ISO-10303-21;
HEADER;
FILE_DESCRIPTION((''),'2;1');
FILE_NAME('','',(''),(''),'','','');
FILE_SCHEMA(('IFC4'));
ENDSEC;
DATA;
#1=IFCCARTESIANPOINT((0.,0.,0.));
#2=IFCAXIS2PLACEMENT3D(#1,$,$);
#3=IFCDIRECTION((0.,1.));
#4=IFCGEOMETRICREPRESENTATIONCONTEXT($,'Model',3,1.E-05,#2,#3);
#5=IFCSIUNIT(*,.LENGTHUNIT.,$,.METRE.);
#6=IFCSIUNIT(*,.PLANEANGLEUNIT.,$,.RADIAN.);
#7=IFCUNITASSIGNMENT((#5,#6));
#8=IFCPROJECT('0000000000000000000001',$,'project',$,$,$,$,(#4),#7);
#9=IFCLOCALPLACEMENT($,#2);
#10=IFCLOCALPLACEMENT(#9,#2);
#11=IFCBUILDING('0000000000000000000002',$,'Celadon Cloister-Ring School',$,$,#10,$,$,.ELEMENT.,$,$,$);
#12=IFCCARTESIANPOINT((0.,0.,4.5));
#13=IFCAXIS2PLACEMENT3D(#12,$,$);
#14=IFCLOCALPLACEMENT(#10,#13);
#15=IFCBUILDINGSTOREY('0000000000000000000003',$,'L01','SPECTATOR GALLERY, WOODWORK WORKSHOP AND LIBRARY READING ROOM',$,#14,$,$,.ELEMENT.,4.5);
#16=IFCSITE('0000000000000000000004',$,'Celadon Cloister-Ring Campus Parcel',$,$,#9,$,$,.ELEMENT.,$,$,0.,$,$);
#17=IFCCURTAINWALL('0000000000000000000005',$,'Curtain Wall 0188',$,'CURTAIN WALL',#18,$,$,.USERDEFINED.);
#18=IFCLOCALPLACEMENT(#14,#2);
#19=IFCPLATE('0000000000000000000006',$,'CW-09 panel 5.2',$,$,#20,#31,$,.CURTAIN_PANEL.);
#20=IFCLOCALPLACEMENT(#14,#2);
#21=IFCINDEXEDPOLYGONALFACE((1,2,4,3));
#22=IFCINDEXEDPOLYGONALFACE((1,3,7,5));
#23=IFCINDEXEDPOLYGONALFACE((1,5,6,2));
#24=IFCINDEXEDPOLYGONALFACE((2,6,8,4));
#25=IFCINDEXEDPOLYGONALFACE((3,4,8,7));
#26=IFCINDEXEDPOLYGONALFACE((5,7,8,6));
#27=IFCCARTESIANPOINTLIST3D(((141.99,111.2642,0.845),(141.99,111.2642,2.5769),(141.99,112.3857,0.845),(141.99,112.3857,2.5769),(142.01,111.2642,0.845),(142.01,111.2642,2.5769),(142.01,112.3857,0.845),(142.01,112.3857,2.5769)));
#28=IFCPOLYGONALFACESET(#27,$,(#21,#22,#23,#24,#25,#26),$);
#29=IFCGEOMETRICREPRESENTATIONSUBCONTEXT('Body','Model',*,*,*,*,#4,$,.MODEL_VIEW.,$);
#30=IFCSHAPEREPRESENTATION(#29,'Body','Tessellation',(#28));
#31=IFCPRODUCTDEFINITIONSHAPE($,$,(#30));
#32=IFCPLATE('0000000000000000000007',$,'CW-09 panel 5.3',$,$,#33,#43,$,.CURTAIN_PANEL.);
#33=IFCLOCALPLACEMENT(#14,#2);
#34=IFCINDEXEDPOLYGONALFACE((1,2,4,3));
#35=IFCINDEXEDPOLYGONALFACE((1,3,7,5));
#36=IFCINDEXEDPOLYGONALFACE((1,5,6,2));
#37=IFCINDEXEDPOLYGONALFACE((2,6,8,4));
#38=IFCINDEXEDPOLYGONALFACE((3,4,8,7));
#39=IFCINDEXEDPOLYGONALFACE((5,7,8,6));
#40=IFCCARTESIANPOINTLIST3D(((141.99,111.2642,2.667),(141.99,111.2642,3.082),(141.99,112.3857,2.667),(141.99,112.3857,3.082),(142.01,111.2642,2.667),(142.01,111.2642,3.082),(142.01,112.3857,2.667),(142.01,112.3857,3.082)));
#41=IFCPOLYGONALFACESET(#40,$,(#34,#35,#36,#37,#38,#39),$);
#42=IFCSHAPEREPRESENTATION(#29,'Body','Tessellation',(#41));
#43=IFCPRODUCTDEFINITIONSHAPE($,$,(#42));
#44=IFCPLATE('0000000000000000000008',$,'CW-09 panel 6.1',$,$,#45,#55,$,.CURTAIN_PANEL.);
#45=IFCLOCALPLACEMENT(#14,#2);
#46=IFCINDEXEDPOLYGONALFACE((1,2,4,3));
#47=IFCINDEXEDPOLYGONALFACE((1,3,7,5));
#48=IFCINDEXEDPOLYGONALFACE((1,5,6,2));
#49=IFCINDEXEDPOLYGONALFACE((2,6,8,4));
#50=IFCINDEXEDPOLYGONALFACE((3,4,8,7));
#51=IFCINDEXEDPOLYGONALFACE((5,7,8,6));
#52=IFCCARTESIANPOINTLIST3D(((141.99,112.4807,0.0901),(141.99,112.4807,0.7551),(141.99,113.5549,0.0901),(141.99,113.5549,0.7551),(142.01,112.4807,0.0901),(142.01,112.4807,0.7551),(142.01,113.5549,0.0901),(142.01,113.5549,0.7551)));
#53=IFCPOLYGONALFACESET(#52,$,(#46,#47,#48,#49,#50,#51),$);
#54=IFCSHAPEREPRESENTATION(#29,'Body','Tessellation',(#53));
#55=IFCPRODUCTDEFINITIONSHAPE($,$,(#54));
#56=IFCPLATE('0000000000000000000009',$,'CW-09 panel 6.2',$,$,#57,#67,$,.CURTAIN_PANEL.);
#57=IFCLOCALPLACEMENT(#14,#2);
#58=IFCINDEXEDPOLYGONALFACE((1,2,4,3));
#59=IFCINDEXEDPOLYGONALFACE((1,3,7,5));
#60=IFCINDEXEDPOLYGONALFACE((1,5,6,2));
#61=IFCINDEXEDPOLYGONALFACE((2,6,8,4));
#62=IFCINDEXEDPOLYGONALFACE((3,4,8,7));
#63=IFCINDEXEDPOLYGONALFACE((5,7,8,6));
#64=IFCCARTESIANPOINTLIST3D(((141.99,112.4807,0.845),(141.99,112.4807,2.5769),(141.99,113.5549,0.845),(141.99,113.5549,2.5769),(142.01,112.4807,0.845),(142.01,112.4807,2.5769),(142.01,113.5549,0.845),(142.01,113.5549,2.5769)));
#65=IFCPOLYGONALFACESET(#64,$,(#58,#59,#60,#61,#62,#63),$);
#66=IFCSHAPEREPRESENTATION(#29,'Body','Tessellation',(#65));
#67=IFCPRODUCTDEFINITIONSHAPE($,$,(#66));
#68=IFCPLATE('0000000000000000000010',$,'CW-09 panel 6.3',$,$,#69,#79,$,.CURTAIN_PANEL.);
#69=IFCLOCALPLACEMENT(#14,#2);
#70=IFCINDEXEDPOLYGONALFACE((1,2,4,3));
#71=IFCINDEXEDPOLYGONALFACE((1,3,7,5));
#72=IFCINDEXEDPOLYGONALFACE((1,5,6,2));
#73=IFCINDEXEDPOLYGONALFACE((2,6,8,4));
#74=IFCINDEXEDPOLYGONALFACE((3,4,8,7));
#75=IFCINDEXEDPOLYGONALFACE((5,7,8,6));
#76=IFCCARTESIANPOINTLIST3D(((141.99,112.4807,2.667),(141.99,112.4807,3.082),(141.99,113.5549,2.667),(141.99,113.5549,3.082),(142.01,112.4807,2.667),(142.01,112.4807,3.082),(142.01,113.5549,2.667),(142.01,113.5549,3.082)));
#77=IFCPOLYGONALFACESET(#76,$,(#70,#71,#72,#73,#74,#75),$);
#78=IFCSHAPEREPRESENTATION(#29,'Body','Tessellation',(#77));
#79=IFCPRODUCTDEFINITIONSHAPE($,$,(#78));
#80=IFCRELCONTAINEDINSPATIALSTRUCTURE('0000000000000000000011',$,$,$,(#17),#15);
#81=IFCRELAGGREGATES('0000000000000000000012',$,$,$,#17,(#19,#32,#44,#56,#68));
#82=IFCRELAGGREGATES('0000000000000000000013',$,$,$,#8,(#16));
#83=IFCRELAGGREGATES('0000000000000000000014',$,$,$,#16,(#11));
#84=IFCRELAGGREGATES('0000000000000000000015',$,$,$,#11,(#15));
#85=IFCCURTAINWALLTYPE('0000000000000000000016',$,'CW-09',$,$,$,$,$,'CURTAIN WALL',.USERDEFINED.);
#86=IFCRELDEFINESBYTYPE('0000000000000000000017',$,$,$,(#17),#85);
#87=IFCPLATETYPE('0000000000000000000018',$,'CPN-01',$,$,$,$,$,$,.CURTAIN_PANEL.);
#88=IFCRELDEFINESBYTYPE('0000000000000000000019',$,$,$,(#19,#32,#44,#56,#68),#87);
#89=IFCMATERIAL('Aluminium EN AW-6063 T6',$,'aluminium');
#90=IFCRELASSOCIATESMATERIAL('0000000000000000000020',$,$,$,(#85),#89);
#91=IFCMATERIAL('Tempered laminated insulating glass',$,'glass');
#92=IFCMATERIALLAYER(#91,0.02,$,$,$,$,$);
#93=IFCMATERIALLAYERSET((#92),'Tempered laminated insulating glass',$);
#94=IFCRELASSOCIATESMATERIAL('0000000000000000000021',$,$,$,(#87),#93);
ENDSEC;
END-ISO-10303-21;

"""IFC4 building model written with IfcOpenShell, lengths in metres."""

from ifc_helpers import new_model, si_unit, direction, frame, origin, origin_2d, place, context, subcontext, project, spatial, rectangle, extrude, material, layer, layer_set, type_object, element, aggregate, save


model = new_model("IFC4")

# Units and contexts
model_context = context("Model", 3, precision=1e-05, world=origin(), true_north=direction((0.0, 1.0)))
body_context = subcontext(model_context, "Body", "Model", "MODEL_VIEW")
ifc_project = project(units=[si_unit("LENGTHUNIT", "METRE"), si_unit("PLANEANGLEUNIT", "RADIAN")], contexts=[model_context])

# Site, building, storey
site_placement = place(None, origin())
site = spatial("IfcSite", under=ifc_project, at=site_placement, Name="Celadon Cloister-Ring Campus Parcel", CompositionType="ELEMENT", RefElevation=0.0)
building_placement = place(site_placement, origin())
building = spatial("IfcBuilding", under=site, at=building_placement, Name="Celadon Cloister-Ring School", CompositionType="ELEMENT")
storey_placement = place(building_placement, frame((0.0, 0.0, 4.5)))
storey = spatial("IfcBuildingStorey", under=building, at=storey_placement, Name="L01", Description="SPECTATOR GALLERY, WOODWORK WORKSHOP AND LIBRARY READING ROOM", CompositionType="ELEMENT", Elevation=4.5)

# Curtain wall
ifc_material_1 = material(Name="Aluminium EN AW-6063 T6", Category="aluminium")
curtain_wall_type = type_object("IfcCurtainWallType", Name="CW-09", ElementType="CURTAIN WALL", PredefinedType="USERDEFINED", material=ifc_material_1)
curtain_wall_placement = place(storey_placement, origin())
curtain_wall = element("IfcCurtainWall", 1, at=curtain_wall_placement, inside=storey, type_object=curtain_wall_type, Name="Curtain Wall 0188", ObjectType="CURTAIN WALL", PredefinedType="USERDEFINED")

# Plates
ifc_material_2 = material(Name="Tempered laminated insulating glass", Category="glass")
ifc_layer = layer(ifc_material_2, 0.02)
ifc_layer_set = layer_set([ifc_layer], Name="Tempered laminated insulating glass")
plate_type = type_object("IfcPlateType", Name="CPN-01", PredefinedType="CURTAIN_PANEL", material=ifc_layer_set)
plate_1_placement = place(storey_placement, frame((142.0, 111.825, 0.845), z_axis=(0.0, 0.0, 1.0), x_axis=(0.0, 1.0, 0.0)))
plate_1 = element("IfcPlate", 2, at=plate_1_placement, type_object=plate_type, Name="CW-09 panel 5.2", PredefinedType="CURTAIN_PANEL", context=body_context, shape_type="SweptSolid", body=[
    extrude(rectangle(XDim=1.1216, YDim=0.02, at=origin_2d()), origin(), (0.0, 0.0, 1.0), 1.7319),
])
plate_2_placement = place(storey_placement, frame((142.0, 111.825, 2.667), z_axis=(0.0, 0.0, 1.0), x_axis=(0.0, 1.0, 0.0)))
plate_2 = element("IfcPlate", 3, at=plate_2_placement, type_object=plate_type, Name="CW-09 panel 5.3", PredefinedType="CURTAIN_PANEL", context=body_context, shape_type="SweptSolid", body=[
    extrude(rectangle(XDim=1.1216, YDim=0.02, at=origin_2d()), origin(), (0.0, 0.0, 1.0), 0.415),
])
plate_3_placement = place(storey_placement, frame((142.0, 113.0178, 0.0901), z_axis=(0.0, 0.0, 1.0), x_axis=(0.0, 1.0, 0.0)))
plate_3 = element("IfcPlate", 4, at=plate_3_placement, type_object=plate_type, Name="CW-09 panel 6.1", PredefinedType="CURTAIN_PANEL", context=body_context, shape_type="SweptSolid", body=[
    extrude(rectangle(XDim=1.0742, YDim=0.02, at=origin_2d()), origin(), (0.0, 0.0, 1.0), 0.665),
])
plate_4_placement = place(storey_placement, frame((142.0, 113.0178, 0.845), z_axis=(0.0, 0.0, 1.0), x_axis=(0.0, 1.0, 0.0)))
plate_4 = element("IfcPlate", 5, at=plate_4_placement, type_object=plate_type, Name="CW-09 panel 6.2", PredefinedType="CURTAIN_PANEL", context=body_context, shape_type="SweptSolid", body=[
    extrude(rectangle(XDim=1.0742, YDim=0.02, at=origin_2d()), origin(), (0.0, 0.0, 1.0), 1.7319),
])
plate_5_placement = place(storey_placement, frame((142.0, 113.0178, 2.667), z_axis=(0.0, 0.0, 1.0), x_axis=(0.0, 1.0, 0.0)))
plate_5 = element("IfcPlate", 6, at=plate_5_placement, type_object=plate_type, Name="CW-09 panel 6.3", PredefinedType="CURTAIN_PANEL", context=body_context, shape_type="SweptSolid", body=[
    extrude(rectangle(XDim=1.0742, YDim=0.02, at=origin_2d()), origin(), (0.0, 0.0, 1.0), 0.415),
])
aggregate(curtain_wall, [plate_1, plate_2, plate_3, plate_4, plate_5])

save(model, "model.ifc")
